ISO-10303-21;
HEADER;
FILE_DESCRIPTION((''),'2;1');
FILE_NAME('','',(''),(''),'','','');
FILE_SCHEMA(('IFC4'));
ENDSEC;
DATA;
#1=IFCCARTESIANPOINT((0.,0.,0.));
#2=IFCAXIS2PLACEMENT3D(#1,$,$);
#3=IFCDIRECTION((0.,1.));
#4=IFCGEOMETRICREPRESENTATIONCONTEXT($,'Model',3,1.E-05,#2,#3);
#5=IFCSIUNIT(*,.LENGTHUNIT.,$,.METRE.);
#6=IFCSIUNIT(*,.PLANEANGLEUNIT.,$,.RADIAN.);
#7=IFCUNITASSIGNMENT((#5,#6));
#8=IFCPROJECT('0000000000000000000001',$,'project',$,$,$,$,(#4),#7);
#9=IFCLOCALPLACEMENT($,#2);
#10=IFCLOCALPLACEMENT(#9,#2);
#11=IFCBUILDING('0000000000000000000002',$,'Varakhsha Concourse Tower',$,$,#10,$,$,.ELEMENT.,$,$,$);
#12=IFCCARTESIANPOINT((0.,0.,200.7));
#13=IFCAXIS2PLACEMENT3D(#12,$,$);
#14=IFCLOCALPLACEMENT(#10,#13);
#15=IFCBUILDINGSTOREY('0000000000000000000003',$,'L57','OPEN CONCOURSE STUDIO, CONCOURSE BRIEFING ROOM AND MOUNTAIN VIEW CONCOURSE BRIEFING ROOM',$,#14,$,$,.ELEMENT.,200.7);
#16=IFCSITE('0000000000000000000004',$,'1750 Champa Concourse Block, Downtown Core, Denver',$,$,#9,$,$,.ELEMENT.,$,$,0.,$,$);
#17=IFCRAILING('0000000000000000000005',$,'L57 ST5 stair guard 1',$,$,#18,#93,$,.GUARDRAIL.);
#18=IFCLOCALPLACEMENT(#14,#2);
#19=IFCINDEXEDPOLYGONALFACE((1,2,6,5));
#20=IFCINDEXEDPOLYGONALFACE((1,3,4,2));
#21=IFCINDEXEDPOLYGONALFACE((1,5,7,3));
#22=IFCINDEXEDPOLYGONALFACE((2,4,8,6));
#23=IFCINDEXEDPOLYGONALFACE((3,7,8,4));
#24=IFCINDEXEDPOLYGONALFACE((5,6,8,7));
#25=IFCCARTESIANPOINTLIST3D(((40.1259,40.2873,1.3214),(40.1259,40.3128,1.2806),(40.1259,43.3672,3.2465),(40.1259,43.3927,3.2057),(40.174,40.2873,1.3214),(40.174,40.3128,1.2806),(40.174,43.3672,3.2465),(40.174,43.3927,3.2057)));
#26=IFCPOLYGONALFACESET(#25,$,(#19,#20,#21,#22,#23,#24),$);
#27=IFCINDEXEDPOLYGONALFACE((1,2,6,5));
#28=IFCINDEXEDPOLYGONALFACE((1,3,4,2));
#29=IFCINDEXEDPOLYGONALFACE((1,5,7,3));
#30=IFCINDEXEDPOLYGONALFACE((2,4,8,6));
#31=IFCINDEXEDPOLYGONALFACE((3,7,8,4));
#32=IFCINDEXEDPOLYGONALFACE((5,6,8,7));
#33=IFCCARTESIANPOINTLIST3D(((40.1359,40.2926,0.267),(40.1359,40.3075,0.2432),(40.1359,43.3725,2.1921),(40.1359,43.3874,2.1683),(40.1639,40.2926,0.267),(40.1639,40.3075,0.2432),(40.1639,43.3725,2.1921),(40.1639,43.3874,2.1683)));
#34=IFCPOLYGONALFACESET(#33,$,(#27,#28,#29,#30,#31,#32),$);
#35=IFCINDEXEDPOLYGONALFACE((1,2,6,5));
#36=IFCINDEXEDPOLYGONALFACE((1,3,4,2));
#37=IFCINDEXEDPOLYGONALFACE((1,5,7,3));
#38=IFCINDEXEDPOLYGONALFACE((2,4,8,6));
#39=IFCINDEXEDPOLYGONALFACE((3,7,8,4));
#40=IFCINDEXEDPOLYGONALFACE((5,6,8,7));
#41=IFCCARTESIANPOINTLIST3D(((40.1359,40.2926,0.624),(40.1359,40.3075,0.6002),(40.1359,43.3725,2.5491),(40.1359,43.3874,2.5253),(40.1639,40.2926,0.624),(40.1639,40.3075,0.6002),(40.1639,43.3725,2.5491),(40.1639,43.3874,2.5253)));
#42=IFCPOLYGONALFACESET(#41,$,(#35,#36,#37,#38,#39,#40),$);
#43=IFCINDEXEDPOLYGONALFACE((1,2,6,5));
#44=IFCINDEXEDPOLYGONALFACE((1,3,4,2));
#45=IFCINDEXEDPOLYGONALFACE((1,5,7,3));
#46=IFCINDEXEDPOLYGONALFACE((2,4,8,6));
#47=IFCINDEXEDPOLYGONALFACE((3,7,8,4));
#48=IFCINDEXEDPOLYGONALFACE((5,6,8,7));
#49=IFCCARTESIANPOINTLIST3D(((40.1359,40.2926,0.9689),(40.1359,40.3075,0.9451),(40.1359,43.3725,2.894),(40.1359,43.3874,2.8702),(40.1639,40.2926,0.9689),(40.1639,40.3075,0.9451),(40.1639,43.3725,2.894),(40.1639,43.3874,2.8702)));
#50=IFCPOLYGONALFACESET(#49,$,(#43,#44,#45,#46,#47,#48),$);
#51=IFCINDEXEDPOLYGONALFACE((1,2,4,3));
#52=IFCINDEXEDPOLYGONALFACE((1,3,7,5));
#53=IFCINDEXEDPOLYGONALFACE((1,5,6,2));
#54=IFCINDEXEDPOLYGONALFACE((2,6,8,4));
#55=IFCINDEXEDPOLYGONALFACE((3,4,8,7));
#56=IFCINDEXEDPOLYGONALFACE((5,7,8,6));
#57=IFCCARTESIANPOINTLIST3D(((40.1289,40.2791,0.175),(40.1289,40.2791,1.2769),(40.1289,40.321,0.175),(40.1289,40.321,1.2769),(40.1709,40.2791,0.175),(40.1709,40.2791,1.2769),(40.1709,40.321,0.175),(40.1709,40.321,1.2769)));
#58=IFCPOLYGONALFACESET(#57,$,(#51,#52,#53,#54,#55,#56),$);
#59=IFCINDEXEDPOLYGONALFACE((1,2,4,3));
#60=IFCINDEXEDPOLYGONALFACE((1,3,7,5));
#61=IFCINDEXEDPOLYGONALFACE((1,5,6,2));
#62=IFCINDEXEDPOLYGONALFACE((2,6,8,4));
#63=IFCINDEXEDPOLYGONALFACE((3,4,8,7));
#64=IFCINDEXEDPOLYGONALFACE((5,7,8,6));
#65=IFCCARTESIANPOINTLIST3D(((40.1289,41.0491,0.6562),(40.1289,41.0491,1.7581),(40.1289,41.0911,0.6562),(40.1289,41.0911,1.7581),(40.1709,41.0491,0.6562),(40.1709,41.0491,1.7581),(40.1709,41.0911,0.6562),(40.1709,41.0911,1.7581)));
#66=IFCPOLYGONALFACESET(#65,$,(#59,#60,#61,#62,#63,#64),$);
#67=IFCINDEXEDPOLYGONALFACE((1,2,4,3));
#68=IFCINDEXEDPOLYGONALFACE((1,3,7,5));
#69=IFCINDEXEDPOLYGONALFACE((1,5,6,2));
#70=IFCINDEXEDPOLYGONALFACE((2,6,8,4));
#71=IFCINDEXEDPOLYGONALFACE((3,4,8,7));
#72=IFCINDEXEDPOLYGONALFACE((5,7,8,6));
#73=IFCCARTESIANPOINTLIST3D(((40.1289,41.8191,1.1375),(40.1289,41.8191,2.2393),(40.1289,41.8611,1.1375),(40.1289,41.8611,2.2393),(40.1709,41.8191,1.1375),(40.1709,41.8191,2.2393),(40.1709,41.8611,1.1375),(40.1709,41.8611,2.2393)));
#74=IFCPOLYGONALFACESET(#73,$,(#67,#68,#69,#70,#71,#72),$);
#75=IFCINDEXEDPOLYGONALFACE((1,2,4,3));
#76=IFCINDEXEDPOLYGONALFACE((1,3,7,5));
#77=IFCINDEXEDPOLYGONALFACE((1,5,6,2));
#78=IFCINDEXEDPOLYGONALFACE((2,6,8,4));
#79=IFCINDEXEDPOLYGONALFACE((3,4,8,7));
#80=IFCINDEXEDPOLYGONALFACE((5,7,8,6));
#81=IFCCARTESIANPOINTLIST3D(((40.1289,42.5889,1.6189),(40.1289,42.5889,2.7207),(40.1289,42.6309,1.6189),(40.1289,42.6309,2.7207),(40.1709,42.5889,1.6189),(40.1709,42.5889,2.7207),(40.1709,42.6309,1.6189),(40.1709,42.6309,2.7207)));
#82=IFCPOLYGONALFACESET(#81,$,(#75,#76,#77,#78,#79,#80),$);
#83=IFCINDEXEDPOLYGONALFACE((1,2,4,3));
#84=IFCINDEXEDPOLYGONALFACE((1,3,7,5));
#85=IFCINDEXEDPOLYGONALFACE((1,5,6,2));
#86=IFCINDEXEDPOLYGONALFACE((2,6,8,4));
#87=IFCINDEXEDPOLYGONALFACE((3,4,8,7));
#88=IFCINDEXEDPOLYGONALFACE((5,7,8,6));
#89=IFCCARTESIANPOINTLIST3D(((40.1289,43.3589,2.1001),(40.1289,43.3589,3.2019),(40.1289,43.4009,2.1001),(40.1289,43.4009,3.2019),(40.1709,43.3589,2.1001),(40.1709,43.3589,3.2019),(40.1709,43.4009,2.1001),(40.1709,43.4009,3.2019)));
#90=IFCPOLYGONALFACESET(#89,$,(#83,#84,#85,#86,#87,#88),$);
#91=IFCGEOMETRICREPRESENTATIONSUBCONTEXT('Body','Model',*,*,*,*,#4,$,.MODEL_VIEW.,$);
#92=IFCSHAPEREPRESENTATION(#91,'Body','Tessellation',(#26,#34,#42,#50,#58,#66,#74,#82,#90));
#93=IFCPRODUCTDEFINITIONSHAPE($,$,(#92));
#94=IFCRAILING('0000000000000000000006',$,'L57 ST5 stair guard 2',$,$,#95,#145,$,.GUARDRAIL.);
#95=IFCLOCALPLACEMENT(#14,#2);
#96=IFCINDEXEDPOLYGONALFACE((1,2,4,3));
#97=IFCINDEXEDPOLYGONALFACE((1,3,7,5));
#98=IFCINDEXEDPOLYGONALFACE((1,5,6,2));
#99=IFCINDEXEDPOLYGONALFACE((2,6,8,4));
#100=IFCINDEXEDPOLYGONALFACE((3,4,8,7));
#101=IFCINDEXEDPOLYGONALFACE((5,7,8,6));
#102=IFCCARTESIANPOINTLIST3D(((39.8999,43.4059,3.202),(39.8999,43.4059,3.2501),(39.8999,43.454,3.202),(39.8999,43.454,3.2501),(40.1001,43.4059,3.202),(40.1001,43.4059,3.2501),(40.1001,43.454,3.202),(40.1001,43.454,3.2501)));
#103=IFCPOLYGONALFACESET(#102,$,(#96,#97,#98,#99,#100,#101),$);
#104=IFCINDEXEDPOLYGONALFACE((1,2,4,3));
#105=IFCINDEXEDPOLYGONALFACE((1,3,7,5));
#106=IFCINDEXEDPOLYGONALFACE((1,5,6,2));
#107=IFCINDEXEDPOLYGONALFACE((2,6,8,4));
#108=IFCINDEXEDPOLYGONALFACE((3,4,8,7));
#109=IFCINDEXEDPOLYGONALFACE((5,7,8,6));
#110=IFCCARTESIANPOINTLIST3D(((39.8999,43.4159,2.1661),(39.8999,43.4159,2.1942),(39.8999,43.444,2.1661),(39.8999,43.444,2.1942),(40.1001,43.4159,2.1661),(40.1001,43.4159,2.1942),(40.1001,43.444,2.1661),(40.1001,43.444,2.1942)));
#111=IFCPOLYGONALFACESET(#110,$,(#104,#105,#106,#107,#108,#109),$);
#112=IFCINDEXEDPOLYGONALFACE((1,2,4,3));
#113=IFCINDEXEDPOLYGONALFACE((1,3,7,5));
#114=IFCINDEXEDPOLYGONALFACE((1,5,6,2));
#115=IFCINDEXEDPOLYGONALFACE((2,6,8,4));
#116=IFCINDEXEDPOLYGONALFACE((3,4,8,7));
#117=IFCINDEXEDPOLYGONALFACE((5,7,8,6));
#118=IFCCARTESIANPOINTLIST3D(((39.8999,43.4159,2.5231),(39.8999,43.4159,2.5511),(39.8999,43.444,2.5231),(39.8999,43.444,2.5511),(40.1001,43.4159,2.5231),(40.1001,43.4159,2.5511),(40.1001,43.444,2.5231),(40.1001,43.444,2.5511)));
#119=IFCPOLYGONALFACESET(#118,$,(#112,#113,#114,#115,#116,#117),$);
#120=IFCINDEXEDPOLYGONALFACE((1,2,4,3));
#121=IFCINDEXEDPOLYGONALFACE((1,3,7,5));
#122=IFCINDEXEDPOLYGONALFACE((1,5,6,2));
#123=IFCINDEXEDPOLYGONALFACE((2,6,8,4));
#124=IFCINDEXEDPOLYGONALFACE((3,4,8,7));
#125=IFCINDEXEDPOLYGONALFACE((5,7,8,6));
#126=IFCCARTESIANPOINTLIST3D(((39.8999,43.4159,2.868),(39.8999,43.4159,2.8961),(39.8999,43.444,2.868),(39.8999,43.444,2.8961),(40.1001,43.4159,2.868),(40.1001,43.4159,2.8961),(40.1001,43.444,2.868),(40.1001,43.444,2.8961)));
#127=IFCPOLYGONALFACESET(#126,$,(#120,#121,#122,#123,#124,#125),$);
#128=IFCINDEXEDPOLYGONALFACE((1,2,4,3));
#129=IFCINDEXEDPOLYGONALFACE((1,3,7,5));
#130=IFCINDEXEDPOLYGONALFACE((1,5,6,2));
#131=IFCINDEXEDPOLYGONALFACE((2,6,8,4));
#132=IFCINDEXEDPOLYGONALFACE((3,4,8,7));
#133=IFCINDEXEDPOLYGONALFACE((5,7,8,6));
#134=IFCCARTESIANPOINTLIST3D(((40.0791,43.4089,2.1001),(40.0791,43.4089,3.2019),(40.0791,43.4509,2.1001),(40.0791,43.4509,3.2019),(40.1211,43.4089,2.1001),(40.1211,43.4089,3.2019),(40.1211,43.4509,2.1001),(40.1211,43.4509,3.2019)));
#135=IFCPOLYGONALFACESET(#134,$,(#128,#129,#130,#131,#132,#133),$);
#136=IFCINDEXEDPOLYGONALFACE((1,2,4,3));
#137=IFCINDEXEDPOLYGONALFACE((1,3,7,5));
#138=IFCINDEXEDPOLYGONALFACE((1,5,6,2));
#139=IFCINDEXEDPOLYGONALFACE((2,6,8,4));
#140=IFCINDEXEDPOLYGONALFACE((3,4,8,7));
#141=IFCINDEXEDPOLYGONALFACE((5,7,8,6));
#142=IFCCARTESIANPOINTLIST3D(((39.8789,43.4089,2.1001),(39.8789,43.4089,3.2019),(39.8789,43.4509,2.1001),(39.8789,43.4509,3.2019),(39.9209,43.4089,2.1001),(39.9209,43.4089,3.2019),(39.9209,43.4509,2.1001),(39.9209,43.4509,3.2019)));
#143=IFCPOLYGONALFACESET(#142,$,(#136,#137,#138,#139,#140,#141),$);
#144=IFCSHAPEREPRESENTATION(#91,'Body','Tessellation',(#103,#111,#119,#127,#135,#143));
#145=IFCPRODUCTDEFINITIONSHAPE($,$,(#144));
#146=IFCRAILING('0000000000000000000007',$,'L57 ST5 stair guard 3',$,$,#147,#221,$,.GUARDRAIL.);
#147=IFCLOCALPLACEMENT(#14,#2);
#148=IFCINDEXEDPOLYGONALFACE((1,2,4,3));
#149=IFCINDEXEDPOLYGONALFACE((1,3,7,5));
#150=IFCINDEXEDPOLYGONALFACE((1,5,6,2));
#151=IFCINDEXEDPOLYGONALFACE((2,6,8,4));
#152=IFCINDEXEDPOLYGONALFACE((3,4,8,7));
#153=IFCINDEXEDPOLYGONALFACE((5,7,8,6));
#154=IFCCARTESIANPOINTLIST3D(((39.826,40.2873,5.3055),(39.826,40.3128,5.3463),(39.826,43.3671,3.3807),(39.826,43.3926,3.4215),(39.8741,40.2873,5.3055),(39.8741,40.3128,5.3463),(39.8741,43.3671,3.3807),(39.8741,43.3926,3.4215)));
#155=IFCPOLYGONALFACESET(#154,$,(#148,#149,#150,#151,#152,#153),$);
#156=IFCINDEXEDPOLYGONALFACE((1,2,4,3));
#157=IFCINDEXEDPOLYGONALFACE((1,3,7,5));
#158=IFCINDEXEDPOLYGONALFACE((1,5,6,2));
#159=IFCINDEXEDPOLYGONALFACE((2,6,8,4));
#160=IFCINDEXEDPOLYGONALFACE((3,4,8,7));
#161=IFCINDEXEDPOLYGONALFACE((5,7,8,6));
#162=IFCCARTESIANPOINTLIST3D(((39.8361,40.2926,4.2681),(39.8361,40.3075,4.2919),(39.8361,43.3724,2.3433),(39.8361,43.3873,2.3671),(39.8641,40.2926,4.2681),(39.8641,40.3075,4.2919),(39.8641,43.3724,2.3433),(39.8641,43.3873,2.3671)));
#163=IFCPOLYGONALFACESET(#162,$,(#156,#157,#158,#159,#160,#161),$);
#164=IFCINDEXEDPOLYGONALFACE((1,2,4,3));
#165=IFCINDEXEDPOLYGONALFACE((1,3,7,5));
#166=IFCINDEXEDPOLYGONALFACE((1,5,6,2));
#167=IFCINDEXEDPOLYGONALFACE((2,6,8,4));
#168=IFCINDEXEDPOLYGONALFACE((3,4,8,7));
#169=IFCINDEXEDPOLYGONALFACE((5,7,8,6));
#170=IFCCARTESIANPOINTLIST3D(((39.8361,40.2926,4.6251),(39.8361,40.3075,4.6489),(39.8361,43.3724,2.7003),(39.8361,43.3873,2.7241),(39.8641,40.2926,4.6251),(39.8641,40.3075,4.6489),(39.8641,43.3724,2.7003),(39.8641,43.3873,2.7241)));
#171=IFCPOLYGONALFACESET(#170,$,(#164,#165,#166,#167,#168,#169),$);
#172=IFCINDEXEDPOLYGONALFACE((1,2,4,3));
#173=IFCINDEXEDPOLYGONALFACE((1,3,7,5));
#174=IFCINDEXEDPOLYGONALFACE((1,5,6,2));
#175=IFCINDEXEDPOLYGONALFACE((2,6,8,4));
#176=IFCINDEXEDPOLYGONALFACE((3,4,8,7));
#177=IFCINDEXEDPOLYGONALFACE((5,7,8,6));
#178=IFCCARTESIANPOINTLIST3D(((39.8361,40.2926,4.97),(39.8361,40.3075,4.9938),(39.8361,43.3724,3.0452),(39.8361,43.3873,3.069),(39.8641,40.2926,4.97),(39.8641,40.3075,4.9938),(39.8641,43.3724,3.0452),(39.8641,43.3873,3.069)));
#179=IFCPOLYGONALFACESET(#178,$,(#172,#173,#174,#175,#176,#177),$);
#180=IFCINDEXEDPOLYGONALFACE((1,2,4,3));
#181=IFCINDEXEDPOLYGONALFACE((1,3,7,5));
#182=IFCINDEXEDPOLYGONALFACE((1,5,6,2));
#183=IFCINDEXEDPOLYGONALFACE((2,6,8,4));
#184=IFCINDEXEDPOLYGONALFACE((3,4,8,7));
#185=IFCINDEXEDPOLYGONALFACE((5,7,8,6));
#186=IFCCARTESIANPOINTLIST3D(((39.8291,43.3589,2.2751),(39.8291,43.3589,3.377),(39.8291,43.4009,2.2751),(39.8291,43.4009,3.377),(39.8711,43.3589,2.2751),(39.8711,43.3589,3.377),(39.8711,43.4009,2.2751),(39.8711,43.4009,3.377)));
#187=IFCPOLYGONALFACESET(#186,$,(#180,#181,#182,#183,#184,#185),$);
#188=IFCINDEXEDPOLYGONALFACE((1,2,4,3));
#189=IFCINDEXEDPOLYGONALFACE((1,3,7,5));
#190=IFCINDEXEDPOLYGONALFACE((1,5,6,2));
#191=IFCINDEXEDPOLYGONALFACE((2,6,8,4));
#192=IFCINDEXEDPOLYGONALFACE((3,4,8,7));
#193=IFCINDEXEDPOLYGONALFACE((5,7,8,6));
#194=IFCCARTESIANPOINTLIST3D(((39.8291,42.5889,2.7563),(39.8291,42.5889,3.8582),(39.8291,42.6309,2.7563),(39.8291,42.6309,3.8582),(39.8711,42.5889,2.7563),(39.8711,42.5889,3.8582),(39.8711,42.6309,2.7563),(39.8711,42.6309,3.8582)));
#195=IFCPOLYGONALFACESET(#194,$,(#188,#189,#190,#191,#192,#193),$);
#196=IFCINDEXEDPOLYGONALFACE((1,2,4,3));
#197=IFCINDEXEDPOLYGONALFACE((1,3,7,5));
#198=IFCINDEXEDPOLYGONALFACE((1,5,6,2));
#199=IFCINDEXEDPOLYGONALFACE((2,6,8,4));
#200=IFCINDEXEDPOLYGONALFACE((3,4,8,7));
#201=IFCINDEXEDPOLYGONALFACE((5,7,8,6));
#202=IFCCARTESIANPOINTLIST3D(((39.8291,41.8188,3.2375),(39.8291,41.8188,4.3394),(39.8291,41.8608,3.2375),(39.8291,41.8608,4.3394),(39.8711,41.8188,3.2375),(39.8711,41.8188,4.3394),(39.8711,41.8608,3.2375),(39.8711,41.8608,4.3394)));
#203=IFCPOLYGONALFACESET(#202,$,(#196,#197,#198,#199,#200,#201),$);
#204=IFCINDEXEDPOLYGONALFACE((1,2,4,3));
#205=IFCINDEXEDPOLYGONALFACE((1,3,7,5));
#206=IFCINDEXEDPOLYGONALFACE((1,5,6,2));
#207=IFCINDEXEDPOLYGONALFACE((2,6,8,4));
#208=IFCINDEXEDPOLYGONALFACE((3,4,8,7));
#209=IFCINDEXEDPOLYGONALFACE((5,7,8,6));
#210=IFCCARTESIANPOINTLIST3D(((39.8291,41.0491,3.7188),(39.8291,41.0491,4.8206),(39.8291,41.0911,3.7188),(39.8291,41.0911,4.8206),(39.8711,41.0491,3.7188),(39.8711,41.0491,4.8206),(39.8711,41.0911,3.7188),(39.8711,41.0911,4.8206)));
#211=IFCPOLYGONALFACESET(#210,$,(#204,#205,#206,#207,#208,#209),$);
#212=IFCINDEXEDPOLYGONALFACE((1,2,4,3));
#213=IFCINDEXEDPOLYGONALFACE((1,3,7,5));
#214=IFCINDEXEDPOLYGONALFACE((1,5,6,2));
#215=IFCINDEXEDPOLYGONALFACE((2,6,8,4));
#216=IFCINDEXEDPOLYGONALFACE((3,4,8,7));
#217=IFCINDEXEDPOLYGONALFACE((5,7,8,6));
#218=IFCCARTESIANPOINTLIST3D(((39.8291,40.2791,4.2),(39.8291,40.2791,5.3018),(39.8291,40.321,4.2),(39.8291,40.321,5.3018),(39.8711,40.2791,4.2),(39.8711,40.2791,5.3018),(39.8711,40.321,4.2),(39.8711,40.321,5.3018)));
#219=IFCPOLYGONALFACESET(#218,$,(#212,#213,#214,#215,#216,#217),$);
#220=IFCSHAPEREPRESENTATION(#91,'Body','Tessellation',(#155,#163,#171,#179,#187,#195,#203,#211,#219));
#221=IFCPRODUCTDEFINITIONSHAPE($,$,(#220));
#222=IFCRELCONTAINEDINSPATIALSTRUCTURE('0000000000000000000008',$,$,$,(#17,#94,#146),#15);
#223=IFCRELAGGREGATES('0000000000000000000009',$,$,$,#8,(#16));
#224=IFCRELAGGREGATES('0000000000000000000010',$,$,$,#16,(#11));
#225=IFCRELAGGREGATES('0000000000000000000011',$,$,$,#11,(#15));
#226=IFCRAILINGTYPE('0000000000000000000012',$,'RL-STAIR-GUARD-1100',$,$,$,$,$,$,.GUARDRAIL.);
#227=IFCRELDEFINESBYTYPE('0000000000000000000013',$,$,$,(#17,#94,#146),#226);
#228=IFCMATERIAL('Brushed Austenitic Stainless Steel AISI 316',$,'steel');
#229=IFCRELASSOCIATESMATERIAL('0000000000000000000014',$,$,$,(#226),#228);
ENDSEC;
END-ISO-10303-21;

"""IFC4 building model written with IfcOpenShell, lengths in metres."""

from ifc_helpers import new_model, si_unit, direction, frame, origin, origin_2d, place, context, subcontext, project, spatial, rectangle, extrude, material, type_object, element, save


model = new_model("IFC4")

# Units and contexts
model_context = context("Model", 3, precision=1e-05, world=origin(), true_north=direction((0.0, 1.0)))
body_context = subcontext(model_context, "Body", "Model", "MODEL_VIEW")
ifc_project = project(units=[si_unit("LENGTHUNIT", "METRE"), si_unit("PLANEANGLEUNIT", "RADIAN")], contexts=[model_context])

# Site, building, storey
site_placement = place(None, origin())
site = spatial("IfcSite", under=ifc_project, at=site_placement, Name="1750 Champa Concourse Block, Downtown Core, Denver", CompositionType="ELEMENT", RefElevation=0.0)
building_placement = place(site_placement, origin())
building = spatial("IfcBuilding", under=site, at=building_placement, Name="Varakhsha Concourse Tower", CompositionType="ELEMENT")
storey_placement = place(building_placement, frame((0.0, 0.0, 200.7)))
storey = spatial("IfcBuildingStorey", under=building, at=storey_placement, Name="L57", Description="OPEN CONCOURSE STUDIO, CONCOURSE BRIEFING ROOM AND MOUNTAIN VIEW CONCOURSE BRIEFING ROOM", CompositionType="ELEMENT", Elevation=200.7)

# Railings
ifc_material_1 = material(Name="Brushed Austenitic Stainless Steel AISI 316", Category="steel")
railing_type_1 = type_object("IfcRailingType", Name="RL-STAIR-GUARD-1100", PredefinedType="GUARDRAIL", material=ifc_material_1)
railing_1_placement = place(storey_placement, frame((40.1499, 40.3, 0.175)))
element("IfcRailing", 1, at=railing_1_placement, inside=storey, type_object=railing_type_1, Name="L57 ST5 stair guard 1", PredefinedType="GUARDRAIL", context=body_context, shape_type="SweptSolid", body=[
    extrude(rectangle(XDim=0.0481, YDim=0.0481, at=origin_2d()), frame((0.0, 0.0, 1.126), z_axis=(0.0, 0.847979, 0.530029), x_axis=(-1.0, 0.0, 0.0)), (0.0, 0.0, 1.0), 3.6321),
    extrude(rectangle(XDim=0.0281, YDim=0.0281, at=origin_2d()), frame((0.0, 0.0, 0.0801), z_axis=(0.0, 0.847979, 0.530029), x_axis=(-1.0, 0.0, 0.0)), (0.0, 0.0, 1.0), 3.6321),
    extrude(rectangle(XDim=0.0281, YDim=0.0281, at=origin_2d()), frame((0.0, 0.0, 0.437), z_axis=(0.0, 0.847979, 0.530029), x_axis=(-1.0, 0.0, 0.0)), (0.0, 0.0, 1.0), 3.6321),
    extrude(rectangle(XDim=0.0281, YDim=0.0281, at=origin_2d()), frame((0.0, 0.0, 0.782), z_axis=(0.0, 0.847979, 0.530029), x_axis=(-1.0, 0.0, 0.0)), (0.0, 0.0, 1.0), 3.6321),
    extrude(rectangle(XDim=0.042, YDim=0.042, at=origin_2d()), origin(), (0.0, 0.0, 1.0), 1.1018),
    extrude(rectangle(XDim=0.042, YDim=0.042, at=origin_2d()), frame((0.0, 0.77, 0.4812)), (0.0, 0.0, 1.0), 1.1018),
    extrude(rectangle(XDim=0.042, YDim=0.042, at=origin_2d()), frame((0.0, 1.54, 0.9624)), (0.0, 0.0, 1.0), 1.1018),
    extrude(rectangle(XDim=0.042, YDim=0.042, at=origin_2d()), frame((0.0, 2.3098, 1.4438)), (0.0, 0.0, 1.0), 1.1018),
    extrude(rectangle(XDim=0.042, YDim=0.042, at=origin_2d()), frame((0.0, 3.0798, 1.925)), (0.0, 0.0, 1.0), 1.1018),
])
railing_2_placement = place(storey_placement, frame((40.1001, 43.4299, 2.1001)))
element("IfcRailing", 2, at=railing_2_placement, inside=storey, type_object=railing_type_1, Name="L57 ST5 stair guard 2", PredefinedType="GUARDRAIL", context=body_context, shape_type="SweptSolid", body=[
    extrude(rectangle(XDim=0.0481, YDim=0.0481, at=origin_2d()), frame((0.0, 0.0, 1.126), z_axis=(-1.0, 0.0, 0.0), x_axis=(0.0, -1.0, 0.0)), (0.0, 0.0, 1.0), 0.2002),
    extrude(rectangle(XDim=0.0281, YDim=0.0281, at=origin_2d()), frame((0.0, 0.0, 0.0801), z_axis=(-1.0, 0.0, 0.0), x_axis=(0.0, -1.0, 0.0)), (0.0, 0.0, 1.0), 0.2002),
    extrude(rectangle(XDim=0.0281, YDim=0.0281, at=origin_2d()), frame((0.0, 0.0, 0.437), z_axis=(-1.0, 0.0, 0.0), x_axis=(0.0, -1.0, 0.0)), (0.0, 0.0, 1.0), 0.2002),
    extrude(rectangle(XDim=0.0281, YDim=0.0281, at=origin_2d()), frame((0.0, 0.0, 0.782), z_axis=(-1.0, 0.0, 0.0), x_axis=(0.0, -1.0, 0.0)), (0.0, 0.0, 1.0), 0.2002),
    extrude(rectangle(XDim=0.042, YDim=0.042, at=origin_2d()), origin(), (0.0, 0.0, 1.0), 1.1018),
    extrude(rectangle(XDim=0.042, YDim=0.042, at=origin_2d()), frame((-0.2002, 0.0, 0.0)), (0.0, 0.0, 1.0), 1.1018),
])
railing_3_placement = place(storey_placement, frame((39.8501, 43.3799, 2.2751)))
element("IfcRailing", 3, at=railing_3_placement, inside=storey, type_object=railing_type_1, Name="L57 ST5 stair guard 3", PredefinedType="GUARDRAIL", context=body_context, shape_type="SweptSolid", body=[
    extrude(rectangle(XDim=0.0481, YDim=0.0481, at=origin_2d()), frame((0.0, 0.0, 1.126), z_axis=(0.0, -0.84801, 0.529981), x_axis=(1.0, 0.0, 0.0)), (0.0, 0.0, 1.0), 3.6318),
    extrude(rectangle(XDim=0.0281, YDim=0.0281, at=origin_2d()), frame((0.0, 0.0, 0.0801), z_axis=(0.0, -0.84801, 0.529981), x_axis=(1.0, 0.0, 0.0)), (0.0, 0.0, 1.0), 3.6318),
    extrude(rectangle(XDim=0.0281, YDim=0.0281, at=origin_2d()), frame((0.0, 0.0, 0.437), z_axis=(0.0, -0.84801, 0.529981), x_axis=(1.0, 0.0, 0.0)), (0.0, 0.0, 1.0), 3.6318),
    extrude(rectangle(XDim=0.0281, YDim=0.0281, at=origin_2d()), frame((0.0, 0.0, 0.782), z_axis=(0.0, -0.84801, 0.529981), x_axis=(1.0, 0.0, 0.0)), (0.0, 0.0, 1.0), 3.6318),
    extrude(rectangle(XDim=0.042, YDim=0.042, at=origin_2d()), origin(), (0.0, 0.0, 1.0), 1.1018),
    extrude(rectangle(XDim=0.042, YDim=0.042, at=origin_2d()), frame((0.0, -0.77, 0.4812)), (0.0, 0.0, 1.0), 1.1018),
    extrude(rectangle(XDim=0.042, YDim=0.042, at=origin_2d()), frame((0.0, -1.54, 0.9624)), (0.0, 0.0, 1.0), 1.1018),
    extrude(rectangle(XDim=0.042, YDim=0.042, at=origin_2d()), frame((0.0, -2.3098, 1.4436)), (0.0, 0.0, 1.0), 1.1018),
    extrude(rectangle(XDim=0.042, YDim=0.042, at=origin_2d()), frame((0.0, -3.0798, 1.9248)), (0.0, 0.0, 1.0), 1.1018),
])

save(model, "model.ifc")
